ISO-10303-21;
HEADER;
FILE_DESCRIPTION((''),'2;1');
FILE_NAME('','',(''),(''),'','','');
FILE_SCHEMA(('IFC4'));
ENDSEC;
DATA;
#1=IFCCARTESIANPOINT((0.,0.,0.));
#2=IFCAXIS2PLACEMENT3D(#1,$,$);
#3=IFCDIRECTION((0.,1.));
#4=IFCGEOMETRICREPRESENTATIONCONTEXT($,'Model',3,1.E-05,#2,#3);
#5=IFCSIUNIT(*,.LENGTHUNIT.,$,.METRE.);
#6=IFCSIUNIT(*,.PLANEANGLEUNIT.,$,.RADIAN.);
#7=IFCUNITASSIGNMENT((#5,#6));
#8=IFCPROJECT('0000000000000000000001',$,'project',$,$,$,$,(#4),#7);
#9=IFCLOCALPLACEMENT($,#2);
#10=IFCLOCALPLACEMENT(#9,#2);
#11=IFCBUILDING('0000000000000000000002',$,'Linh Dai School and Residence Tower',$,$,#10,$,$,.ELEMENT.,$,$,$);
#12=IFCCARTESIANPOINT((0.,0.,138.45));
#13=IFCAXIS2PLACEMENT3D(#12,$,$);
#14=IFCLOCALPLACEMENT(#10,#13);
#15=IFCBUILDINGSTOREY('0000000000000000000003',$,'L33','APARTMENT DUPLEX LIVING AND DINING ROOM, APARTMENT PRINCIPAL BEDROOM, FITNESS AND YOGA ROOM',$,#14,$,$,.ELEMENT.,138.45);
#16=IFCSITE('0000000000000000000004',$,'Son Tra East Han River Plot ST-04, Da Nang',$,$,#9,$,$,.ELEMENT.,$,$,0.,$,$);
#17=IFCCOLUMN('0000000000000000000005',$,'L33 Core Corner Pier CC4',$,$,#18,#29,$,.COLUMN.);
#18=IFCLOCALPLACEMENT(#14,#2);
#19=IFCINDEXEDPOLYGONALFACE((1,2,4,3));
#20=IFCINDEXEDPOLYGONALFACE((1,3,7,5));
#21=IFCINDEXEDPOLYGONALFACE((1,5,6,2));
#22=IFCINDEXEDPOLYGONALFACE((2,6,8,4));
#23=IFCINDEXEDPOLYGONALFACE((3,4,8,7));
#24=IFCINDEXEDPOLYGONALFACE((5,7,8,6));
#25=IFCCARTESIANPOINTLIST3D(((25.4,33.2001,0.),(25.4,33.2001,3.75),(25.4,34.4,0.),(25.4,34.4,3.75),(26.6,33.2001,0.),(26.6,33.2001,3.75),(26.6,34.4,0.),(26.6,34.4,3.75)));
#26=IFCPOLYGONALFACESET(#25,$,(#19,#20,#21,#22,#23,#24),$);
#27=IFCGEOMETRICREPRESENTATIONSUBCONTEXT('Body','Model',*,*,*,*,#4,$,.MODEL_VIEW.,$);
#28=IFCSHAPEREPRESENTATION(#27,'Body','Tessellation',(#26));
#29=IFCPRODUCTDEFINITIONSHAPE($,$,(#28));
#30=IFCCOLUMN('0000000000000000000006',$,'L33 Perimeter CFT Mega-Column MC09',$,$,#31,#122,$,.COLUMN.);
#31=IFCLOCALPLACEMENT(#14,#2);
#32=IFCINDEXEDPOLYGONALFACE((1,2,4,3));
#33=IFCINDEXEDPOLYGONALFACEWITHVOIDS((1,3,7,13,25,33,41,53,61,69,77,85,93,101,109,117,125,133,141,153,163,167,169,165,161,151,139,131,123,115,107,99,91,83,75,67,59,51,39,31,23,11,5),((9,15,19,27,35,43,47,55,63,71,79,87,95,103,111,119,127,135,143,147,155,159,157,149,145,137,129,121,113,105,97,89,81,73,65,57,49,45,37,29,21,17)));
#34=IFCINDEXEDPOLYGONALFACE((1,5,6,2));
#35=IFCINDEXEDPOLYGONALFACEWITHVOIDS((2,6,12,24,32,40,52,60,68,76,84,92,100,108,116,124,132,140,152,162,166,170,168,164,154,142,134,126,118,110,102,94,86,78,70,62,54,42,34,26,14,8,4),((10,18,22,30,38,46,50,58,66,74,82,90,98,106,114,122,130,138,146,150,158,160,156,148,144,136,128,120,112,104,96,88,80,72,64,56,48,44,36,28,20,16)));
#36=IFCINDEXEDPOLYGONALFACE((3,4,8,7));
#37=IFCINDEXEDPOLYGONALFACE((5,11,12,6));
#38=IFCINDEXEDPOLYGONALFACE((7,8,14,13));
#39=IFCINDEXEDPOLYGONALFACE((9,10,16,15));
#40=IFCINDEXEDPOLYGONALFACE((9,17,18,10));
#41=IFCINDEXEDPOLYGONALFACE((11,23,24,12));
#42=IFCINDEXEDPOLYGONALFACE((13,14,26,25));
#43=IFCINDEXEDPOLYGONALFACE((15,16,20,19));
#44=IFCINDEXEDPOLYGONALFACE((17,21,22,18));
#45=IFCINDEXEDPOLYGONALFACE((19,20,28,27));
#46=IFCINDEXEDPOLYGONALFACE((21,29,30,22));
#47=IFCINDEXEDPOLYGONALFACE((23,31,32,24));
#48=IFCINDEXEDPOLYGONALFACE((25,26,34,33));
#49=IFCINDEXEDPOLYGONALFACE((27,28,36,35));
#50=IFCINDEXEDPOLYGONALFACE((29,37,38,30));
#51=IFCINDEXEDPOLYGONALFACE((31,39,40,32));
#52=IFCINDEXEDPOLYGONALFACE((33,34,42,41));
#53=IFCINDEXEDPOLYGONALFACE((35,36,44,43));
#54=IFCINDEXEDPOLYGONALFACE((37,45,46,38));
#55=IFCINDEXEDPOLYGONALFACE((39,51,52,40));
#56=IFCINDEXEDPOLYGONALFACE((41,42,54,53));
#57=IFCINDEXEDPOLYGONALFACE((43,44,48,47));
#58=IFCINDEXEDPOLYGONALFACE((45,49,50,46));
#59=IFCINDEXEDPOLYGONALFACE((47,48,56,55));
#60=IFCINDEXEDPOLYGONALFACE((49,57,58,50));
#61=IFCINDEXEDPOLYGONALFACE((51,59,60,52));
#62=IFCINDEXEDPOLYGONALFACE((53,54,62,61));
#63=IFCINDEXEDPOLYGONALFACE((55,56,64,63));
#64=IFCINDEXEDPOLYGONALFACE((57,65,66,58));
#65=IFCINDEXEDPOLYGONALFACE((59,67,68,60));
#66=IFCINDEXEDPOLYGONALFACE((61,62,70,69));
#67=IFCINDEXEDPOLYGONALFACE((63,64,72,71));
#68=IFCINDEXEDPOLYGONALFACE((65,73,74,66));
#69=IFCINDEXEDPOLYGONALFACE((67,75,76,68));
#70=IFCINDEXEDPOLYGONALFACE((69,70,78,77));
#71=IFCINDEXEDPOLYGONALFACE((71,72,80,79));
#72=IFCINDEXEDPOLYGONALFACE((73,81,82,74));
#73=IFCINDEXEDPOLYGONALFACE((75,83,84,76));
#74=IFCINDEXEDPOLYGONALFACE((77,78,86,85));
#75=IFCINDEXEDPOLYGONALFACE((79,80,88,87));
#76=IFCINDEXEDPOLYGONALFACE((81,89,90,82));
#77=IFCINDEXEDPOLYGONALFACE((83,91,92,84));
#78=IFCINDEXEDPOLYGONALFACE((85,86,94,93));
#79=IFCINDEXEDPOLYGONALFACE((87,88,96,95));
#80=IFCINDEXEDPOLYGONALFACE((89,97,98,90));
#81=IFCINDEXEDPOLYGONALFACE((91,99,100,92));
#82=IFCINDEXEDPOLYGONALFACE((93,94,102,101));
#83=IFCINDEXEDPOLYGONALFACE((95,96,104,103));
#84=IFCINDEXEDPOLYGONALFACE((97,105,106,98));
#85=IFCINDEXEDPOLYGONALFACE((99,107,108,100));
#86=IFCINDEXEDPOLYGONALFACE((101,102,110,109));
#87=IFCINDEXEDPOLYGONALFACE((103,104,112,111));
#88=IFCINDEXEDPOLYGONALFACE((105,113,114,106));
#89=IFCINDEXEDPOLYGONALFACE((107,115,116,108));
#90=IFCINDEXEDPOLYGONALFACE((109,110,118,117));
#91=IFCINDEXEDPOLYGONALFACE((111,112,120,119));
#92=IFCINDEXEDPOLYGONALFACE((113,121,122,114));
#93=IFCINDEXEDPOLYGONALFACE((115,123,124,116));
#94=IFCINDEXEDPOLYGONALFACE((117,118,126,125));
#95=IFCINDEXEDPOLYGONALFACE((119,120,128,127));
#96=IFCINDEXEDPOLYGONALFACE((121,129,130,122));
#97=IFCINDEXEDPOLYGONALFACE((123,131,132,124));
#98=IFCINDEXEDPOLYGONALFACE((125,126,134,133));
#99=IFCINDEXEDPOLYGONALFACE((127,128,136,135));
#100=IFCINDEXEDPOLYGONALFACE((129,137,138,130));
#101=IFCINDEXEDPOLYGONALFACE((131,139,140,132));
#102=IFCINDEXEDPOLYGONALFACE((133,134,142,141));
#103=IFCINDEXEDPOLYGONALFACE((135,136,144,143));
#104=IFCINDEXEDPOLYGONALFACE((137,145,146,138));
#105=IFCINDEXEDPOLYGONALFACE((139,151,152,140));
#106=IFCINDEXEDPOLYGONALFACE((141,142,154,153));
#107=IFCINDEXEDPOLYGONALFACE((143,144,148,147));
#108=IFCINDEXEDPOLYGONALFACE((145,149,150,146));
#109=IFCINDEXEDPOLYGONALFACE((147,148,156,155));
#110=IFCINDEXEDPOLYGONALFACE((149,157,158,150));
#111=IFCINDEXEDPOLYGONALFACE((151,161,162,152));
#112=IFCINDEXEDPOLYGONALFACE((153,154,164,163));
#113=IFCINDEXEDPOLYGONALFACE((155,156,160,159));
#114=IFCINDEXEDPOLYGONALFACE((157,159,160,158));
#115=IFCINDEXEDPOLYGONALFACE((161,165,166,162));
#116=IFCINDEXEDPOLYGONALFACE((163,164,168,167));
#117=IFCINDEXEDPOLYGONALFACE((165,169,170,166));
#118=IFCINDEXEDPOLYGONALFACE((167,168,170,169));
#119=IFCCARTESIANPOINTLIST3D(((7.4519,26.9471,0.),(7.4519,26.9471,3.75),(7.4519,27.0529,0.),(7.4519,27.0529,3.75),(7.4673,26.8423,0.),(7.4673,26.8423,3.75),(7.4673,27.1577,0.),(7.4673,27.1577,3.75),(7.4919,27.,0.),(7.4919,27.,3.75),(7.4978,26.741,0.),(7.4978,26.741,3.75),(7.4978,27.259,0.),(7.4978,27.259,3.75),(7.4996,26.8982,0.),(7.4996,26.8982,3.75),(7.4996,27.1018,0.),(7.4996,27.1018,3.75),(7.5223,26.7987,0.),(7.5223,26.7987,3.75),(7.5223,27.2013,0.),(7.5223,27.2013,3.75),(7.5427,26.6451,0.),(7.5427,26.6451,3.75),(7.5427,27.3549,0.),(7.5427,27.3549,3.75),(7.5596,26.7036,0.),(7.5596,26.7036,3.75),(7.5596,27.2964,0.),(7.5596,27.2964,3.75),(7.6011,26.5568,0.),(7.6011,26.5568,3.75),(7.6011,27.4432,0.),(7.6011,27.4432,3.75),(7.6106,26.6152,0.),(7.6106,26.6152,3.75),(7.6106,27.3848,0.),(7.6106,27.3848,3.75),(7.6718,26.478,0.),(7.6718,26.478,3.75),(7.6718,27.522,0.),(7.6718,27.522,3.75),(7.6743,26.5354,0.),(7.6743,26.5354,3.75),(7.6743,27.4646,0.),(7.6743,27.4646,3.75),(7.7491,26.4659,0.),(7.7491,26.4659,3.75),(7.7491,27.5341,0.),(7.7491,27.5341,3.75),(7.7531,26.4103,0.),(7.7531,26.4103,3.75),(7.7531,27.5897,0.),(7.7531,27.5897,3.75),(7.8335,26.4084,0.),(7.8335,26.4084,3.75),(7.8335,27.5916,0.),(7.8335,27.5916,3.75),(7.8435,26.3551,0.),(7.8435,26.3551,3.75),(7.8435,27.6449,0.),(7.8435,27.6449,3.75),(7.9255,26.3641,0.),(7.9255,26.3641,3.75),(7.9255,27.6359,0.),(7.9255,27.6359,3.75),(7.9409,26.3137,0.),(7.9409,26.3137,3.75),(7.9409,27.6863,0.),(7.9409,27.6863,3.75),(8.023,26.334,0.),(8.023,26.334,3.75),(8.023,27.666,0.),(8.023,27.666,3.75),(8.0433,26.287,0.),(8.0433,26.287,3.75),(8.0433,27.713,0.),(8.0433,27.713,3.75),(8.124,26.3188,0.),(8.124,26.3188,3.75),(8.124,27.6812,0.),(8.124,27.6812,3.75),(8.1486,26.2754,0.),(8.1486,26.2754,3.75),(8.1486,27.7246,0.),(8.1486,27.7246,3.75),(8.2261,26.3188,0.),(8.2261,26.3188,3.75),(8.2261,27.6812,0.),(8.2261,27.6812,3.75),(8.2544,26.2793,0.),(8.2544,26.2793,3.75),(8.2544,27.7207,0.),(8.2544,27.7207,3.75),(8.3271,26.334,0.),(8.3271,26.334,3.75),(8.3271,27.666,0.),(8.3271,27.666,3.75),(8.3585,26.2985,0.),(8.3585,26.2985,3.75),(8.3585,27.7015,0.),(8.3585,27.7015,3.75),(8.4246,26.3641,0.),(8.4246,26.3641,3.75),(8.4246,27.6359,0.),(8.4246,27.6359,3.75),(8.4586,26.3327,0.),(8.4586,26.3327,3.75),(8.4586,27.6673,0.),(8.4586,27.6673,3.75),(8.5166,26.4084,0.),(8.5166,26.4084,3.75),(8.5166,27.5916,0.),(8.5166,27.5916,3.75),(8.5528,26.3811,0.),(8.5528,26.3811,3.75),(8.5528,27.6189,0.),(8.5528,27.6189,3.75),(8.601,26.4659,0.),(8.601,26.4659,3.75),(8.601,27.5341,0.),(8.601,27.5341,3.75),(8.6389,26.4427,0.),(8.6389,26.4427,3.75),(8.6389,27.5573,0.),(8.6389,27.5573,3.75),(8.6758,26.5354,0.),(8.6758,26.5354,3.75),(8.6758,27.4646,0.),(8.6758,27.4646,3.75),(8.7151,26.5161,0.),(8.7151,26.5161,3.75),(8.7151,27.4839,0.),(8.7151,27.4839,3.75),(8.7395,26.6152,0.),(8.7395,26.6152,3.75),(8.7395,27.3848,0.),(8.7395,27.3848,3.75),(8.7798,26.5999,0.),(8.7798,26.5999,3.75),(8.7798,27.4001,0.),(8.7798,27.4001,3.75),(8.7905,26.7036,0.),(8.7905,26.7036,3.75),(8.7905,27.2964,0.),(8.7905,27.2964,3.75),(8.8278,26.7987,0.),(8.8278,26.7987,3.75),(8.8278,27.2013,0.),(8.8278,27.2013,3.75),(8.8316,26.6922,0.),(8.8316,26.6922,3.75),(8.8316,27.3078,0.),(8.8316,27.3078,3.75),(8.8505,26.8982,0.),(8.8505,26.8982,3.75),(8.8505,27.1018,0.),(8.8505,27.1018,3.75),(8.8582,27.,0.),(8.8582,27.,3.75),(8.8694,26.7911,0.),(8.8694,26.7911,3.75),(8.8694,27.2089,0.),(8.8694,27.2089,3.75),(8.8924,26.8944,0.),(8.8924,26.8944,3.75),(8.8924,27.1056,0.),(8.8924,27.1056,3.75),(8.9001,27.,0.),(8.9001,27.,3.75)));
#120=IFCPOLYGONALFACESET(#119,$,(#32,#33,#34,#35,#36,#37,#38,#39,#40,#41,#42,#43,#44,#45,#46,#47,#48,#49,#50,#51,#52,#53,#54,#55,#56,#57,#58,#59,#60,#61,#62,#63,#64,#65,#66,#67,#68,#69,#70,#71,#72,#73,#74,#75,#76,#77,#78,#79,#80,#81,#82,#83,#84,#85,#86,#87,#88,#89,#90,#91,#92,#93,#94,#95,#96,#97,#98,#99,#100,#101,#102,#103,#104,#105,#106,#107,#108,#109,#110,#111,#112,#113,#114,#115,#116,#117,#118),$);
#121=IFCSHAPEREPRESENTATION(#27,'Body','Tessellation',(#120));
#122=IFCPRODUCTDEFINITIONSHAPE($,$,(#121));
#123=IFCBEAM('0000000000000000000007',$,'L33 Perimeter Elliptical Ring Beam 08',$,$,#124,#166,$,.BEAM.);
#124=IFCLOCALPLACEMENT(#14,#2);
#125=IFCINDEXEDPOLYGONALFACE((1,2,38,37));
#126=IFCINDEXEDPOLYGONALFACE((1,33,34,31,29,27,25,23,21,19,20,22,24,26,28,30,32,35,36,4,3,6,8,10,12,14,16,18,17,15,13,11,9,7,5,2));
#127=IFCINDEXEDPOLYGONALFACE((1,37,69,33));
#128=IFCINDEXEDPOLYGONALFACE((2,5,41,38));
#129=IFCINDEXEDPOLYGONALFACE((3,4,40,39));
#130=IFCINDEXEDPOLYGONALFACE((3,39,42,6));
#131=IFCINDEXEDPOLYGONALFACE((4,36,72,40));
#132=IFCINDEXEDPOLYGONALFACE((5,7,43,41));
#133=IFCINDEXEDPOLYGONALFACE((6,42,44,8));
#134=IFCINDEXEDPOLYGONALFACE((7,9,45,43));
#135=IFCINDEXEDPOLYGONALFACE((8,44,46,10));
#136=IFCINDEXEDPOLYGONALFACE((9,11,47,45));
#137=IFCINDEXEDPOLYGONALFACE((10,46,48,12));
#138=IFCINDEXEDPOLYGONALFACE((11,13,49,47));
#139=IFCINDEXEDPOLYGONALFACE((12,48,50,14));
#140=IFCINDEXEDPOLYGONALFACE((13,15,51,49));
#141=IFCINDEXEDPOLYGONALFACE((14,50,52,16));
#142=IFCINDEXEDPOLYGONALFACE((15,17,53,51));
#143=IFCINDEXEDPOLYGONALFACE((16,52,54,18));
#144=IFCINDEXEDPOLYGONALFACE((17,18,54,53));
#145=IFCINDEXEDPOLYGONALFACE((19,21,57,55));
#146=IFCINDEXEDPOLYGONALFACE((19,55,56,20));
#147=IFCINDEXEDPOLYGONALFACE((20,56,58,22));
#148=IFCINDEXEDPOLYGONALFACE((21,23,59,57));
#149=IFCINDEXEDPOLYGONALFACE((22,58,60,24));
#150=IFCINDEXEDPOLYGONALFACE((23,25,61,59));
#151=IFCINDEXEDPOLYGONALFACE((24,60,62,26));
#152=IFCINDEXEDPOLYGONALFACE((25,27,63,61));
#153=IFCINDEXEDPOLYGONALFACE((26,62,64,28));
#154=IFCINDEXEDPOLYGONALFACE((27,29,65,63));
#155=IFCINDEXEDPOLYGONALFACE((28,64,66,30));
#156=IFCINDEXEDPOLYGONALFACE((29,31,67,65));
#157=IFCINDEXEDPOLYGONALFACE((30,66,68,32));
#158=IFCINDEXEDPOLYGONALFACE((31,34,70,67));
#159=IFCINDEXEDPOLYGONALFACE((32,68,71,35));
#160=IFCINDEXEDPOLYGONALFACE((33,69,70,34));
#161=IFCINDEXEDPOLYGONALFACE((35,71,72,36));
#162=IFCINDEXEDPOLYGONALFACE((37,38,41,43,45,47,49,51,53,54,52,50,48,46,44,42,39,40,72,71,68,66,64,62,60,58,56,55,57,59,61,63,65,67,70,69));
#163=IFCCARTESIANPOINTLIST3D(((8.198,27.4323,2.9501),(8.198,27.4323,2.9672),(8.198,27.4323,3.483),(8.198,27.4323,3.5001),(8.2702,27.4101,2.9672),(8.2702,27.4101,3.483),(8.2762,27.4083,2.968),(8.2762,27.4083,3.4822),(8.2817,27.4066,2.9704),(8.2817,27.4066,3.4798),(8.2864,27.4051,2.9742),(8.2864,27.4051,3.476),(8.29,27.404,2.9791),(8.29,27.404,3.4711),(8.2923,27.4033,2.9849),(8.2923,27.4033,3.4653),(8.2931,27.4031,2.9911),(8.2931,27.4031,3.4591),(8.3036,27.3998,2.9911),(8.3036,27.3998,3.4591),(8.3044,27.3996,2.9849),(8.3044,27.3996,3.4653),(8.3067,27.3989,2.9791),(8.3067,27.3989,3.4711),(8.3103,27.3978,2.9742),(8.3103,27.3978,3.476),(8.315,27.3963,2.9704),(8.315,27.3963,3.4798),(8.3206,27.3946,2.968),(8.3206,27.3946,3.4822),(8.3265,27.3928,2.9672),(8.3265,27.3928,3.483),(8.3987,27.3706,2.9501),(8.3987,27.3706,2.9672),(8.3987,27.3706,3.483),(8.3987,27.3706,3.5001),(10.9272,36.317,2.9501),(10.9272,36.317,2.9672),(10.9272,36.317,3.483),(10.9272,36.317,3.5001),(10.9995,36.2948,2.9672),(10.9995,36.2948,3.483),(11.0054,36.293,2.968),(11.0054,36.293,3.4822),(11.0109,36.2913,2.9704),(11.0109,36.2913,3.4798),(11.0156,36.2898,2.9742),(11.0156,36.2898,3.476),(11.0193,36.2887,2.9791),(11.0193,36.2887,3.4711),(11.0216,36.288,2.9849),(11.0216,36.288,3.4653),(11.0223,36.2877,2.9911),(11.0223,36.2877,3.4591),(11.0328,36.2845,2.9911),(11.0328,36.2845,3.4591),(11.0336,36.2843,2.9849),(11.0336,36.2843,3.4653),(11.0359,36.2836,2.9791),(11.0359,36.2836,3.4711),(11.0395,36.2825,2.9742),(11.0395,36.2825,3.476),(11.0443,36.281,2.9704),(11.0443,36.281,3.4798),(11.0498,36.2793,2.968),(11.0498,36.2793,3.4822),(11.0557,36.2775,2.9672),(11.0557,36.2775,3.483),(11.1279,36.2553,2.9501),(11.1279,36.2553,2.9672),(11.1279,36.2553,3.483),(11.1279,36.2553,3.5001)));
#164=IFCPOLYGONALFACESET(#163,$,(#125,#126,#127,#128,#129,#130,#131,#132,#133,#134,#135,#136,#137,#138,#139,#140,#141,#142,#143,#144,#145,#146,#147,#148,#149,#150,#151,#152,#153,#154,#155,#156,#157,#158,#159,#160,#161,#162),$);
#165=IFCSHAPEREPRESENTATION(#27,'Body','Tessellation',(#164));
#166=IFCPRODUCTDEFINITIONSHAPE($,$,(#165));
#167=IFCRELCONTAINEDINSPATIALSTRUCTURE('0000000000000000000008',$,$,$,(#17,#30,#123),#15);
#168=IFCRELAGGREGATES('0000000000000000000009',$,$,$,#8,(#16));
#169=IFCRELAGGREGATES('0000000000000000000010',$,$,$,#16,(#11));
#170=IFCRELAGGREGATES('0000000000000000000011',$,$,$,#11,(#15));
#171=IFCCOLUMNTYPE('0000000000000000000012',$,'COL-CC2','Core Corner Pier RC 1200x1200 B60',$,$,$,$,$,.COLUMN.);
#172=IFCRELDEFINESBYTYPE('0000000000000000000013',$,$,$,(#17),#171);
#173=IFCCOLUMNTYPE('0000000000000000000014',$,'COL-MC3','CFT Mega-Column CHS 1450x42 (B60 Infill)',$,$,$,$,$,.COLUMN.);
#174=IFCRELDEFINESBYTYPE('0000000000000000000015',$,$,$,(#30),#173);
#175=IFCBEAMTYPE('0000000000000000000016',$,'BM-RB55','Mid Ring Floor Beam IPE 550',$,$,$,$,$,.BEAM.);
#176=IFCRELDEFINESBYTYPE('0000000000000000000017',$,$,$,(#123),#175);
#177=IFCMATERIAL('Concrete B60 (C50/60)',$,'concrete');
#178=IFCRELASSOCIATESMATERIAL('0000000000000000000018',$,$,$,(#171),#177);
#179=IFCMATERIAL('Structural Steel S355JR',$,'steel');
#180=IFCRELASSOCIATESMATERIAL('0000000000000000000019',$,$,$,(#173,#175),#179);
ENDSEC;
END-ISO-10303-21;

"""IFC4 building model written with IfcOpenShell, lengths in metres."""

from ifc_helpers import new_model, si_unit, direction, frame, origin, origin_2d, place, context, subcontext, project, spatial, rectangle, hollow_circle, i_section, extrude, material, material_profile, profile_set, type_object, element, save


model = new_model("IFC4")

# Units and contexts
model_context = context("Model", 3, precision=1e-05, world=origin(), true_north=direction((0.0, 1.0)))
body_context = subcontext(model_context, "Body", "Model", "MODEL_VIEW")
ifc_project = project(units=[si_unit("LENGTHUNIT", "METRE"), si_unit("PLANEANGLEUNIT", "RADIAN")], contexts=[model_context])

# Site, building, storey
site_placement = place(None, origin())
site = spatial("IfcSite", under=ifc_project, at=site_placement, Name="Son Tra East Han River Plot ST-04, Da Nang", CompositionType="ELEMENT", RefElevation=0.0)
building_placement = place(site_placement, origin())
building = spatial("IfcBuilding", under=site, at=building_placement, Name="Linh Dai School and Residence Tower", CompositionType="ELEMENT")
storey_placement = place(building_placement, frame((0.0, 0.0, 138.45)))
storey = spatial("IfcBuildingStorey", under=building, at=storey_placement, Name="L33", Description="APARTMENT DUPLEX LIVING AND DINING ROOM, APARTMENT PRINCIPAL BEDROOM, FITNESS AND YOGA ROOM", CompositionType="ELEMENT", Elevation=138.45)

# Columns
ifc_material_1 = material(Name="Concrete B60 (C50/60)", Category="concrete")
ifc_material_profile_1 = material_profile(ifc_material_1, rectangle(XDim=1.2, YDim=1.2, at=origin_2d()), Name="RC 1200x1200")
ifc_profile_set_1 = profile_set([ifc_material_profile_1], Name="Concrete B60 (C50/60)")
column_type_1 = type_object("IfcColumnType", Name="COL-CC2", Description="Core Corner Pier RC 1200x1200 B60", PredefinedType="COLUMN", material=ifc_profile_set_1)
column_1_placement = place(storey_placement, frame((26.0, 33.8, 0.0), z_axis=(0.0, 0.0, 1.0), x_axis=(1.0, 0.0, 0.0)))
element("IfcColumn", 1, at=column_1_placement, inside=storey, type_object=column_type_1, Name="L33 Core Corner Pier CC4", PredefinedType="COLUMN", context=body_context, shape_type="SweptSolid", body=[
    extrude(rectangle(XDim=1.2, YDim=1.2, at=origin_2d()), origin(), (0.0, 0.0, 1.0), 3.75),
])
ifc_material_2 = material(Name="Structural Steel S355JR", Category="steel")
ifc_material_profile_2 = material_profile(ifc_material_2, hollow_circle(Radius=0.7251, WallThickness=0.042, at=origin_2d()), Name="CHS 1450x42")
ifc_profile_set_2 = profile_set([ifc_material_profile_2], Name="Structural Steel S355JR")
column_type_2 = type_object("IfcColumnType", Name="COL-MC3", Description="CFT Mega-Column CHS 1450x42 (B60 Infill)", PredefinedType="COLUMN", material=ifc_profile_set_2)
column_2_placement = place(storey_placement, frame((8.175, 27.0, 0.0), z_axis=(0.0, 0.0, 1.0), x_axis=(1.0, 0.0, 0.0)))
element("IfcColumn", 2, at=column_2_placement, inside=storey, type_object=column_type_2, Name="L33 Perimeter CFT Mega-Column MC09", PredefinedType="COLUMN", context=body_context, shape_type="SweptSolid", body=[
    extrude(hollow_circle(Radius=0.7251, WallThickness=0.042, at=origin_2d()), origin(), (0.0, 0.0, 1.0), 3.75),
])

# Beam
ifc_material_profile_3 = material_profile(ifc_material_2, i_section(OverallWidth=0.21, OverallDepth=0.55, WebThickness=0.011, FlangeThickness=0.0171, FilletRadius=0.0239, at=origin_2d()), Name="IPE 550")
ifc_profile_set_3 = profile_set([ifc_material_profile_3], Name="Structural Steel S355JR")
beam_type_1 = type_object("IfcBeamType", Name="BM-RB55", Description="Mid Ring Floor Beam IPE 550", PredefinedType="BEAM", material=ifc_profile_set_3)
beam_1_placement = place(storey_placement, frame((11.0276, 36.2861, 3.2251), z_axis=(-0.293641, -0.955916, 0.0), x_axis=(0.955916, -0.293641, 0.0)))
element("IfcBeam", 3, at=beam_1_placement, inside=storey, type_object=beam_type_1, Name="L33 Perimeter Elliptical Ring Beam 08", PredefinedType="BEAM", context=body_context, shape_type="SweptSolid", body=[
    extrude(i_section(OverallWidth=0.21, OverallDepth=0.55, WebThickness=0.011, FlangeThickness=0.0171, FilletRadius=0.0239, at=origin_2d()), origin(), (0.0, 0.0, 1.0), 9.2944),
])

save(model, "model.ifc")
